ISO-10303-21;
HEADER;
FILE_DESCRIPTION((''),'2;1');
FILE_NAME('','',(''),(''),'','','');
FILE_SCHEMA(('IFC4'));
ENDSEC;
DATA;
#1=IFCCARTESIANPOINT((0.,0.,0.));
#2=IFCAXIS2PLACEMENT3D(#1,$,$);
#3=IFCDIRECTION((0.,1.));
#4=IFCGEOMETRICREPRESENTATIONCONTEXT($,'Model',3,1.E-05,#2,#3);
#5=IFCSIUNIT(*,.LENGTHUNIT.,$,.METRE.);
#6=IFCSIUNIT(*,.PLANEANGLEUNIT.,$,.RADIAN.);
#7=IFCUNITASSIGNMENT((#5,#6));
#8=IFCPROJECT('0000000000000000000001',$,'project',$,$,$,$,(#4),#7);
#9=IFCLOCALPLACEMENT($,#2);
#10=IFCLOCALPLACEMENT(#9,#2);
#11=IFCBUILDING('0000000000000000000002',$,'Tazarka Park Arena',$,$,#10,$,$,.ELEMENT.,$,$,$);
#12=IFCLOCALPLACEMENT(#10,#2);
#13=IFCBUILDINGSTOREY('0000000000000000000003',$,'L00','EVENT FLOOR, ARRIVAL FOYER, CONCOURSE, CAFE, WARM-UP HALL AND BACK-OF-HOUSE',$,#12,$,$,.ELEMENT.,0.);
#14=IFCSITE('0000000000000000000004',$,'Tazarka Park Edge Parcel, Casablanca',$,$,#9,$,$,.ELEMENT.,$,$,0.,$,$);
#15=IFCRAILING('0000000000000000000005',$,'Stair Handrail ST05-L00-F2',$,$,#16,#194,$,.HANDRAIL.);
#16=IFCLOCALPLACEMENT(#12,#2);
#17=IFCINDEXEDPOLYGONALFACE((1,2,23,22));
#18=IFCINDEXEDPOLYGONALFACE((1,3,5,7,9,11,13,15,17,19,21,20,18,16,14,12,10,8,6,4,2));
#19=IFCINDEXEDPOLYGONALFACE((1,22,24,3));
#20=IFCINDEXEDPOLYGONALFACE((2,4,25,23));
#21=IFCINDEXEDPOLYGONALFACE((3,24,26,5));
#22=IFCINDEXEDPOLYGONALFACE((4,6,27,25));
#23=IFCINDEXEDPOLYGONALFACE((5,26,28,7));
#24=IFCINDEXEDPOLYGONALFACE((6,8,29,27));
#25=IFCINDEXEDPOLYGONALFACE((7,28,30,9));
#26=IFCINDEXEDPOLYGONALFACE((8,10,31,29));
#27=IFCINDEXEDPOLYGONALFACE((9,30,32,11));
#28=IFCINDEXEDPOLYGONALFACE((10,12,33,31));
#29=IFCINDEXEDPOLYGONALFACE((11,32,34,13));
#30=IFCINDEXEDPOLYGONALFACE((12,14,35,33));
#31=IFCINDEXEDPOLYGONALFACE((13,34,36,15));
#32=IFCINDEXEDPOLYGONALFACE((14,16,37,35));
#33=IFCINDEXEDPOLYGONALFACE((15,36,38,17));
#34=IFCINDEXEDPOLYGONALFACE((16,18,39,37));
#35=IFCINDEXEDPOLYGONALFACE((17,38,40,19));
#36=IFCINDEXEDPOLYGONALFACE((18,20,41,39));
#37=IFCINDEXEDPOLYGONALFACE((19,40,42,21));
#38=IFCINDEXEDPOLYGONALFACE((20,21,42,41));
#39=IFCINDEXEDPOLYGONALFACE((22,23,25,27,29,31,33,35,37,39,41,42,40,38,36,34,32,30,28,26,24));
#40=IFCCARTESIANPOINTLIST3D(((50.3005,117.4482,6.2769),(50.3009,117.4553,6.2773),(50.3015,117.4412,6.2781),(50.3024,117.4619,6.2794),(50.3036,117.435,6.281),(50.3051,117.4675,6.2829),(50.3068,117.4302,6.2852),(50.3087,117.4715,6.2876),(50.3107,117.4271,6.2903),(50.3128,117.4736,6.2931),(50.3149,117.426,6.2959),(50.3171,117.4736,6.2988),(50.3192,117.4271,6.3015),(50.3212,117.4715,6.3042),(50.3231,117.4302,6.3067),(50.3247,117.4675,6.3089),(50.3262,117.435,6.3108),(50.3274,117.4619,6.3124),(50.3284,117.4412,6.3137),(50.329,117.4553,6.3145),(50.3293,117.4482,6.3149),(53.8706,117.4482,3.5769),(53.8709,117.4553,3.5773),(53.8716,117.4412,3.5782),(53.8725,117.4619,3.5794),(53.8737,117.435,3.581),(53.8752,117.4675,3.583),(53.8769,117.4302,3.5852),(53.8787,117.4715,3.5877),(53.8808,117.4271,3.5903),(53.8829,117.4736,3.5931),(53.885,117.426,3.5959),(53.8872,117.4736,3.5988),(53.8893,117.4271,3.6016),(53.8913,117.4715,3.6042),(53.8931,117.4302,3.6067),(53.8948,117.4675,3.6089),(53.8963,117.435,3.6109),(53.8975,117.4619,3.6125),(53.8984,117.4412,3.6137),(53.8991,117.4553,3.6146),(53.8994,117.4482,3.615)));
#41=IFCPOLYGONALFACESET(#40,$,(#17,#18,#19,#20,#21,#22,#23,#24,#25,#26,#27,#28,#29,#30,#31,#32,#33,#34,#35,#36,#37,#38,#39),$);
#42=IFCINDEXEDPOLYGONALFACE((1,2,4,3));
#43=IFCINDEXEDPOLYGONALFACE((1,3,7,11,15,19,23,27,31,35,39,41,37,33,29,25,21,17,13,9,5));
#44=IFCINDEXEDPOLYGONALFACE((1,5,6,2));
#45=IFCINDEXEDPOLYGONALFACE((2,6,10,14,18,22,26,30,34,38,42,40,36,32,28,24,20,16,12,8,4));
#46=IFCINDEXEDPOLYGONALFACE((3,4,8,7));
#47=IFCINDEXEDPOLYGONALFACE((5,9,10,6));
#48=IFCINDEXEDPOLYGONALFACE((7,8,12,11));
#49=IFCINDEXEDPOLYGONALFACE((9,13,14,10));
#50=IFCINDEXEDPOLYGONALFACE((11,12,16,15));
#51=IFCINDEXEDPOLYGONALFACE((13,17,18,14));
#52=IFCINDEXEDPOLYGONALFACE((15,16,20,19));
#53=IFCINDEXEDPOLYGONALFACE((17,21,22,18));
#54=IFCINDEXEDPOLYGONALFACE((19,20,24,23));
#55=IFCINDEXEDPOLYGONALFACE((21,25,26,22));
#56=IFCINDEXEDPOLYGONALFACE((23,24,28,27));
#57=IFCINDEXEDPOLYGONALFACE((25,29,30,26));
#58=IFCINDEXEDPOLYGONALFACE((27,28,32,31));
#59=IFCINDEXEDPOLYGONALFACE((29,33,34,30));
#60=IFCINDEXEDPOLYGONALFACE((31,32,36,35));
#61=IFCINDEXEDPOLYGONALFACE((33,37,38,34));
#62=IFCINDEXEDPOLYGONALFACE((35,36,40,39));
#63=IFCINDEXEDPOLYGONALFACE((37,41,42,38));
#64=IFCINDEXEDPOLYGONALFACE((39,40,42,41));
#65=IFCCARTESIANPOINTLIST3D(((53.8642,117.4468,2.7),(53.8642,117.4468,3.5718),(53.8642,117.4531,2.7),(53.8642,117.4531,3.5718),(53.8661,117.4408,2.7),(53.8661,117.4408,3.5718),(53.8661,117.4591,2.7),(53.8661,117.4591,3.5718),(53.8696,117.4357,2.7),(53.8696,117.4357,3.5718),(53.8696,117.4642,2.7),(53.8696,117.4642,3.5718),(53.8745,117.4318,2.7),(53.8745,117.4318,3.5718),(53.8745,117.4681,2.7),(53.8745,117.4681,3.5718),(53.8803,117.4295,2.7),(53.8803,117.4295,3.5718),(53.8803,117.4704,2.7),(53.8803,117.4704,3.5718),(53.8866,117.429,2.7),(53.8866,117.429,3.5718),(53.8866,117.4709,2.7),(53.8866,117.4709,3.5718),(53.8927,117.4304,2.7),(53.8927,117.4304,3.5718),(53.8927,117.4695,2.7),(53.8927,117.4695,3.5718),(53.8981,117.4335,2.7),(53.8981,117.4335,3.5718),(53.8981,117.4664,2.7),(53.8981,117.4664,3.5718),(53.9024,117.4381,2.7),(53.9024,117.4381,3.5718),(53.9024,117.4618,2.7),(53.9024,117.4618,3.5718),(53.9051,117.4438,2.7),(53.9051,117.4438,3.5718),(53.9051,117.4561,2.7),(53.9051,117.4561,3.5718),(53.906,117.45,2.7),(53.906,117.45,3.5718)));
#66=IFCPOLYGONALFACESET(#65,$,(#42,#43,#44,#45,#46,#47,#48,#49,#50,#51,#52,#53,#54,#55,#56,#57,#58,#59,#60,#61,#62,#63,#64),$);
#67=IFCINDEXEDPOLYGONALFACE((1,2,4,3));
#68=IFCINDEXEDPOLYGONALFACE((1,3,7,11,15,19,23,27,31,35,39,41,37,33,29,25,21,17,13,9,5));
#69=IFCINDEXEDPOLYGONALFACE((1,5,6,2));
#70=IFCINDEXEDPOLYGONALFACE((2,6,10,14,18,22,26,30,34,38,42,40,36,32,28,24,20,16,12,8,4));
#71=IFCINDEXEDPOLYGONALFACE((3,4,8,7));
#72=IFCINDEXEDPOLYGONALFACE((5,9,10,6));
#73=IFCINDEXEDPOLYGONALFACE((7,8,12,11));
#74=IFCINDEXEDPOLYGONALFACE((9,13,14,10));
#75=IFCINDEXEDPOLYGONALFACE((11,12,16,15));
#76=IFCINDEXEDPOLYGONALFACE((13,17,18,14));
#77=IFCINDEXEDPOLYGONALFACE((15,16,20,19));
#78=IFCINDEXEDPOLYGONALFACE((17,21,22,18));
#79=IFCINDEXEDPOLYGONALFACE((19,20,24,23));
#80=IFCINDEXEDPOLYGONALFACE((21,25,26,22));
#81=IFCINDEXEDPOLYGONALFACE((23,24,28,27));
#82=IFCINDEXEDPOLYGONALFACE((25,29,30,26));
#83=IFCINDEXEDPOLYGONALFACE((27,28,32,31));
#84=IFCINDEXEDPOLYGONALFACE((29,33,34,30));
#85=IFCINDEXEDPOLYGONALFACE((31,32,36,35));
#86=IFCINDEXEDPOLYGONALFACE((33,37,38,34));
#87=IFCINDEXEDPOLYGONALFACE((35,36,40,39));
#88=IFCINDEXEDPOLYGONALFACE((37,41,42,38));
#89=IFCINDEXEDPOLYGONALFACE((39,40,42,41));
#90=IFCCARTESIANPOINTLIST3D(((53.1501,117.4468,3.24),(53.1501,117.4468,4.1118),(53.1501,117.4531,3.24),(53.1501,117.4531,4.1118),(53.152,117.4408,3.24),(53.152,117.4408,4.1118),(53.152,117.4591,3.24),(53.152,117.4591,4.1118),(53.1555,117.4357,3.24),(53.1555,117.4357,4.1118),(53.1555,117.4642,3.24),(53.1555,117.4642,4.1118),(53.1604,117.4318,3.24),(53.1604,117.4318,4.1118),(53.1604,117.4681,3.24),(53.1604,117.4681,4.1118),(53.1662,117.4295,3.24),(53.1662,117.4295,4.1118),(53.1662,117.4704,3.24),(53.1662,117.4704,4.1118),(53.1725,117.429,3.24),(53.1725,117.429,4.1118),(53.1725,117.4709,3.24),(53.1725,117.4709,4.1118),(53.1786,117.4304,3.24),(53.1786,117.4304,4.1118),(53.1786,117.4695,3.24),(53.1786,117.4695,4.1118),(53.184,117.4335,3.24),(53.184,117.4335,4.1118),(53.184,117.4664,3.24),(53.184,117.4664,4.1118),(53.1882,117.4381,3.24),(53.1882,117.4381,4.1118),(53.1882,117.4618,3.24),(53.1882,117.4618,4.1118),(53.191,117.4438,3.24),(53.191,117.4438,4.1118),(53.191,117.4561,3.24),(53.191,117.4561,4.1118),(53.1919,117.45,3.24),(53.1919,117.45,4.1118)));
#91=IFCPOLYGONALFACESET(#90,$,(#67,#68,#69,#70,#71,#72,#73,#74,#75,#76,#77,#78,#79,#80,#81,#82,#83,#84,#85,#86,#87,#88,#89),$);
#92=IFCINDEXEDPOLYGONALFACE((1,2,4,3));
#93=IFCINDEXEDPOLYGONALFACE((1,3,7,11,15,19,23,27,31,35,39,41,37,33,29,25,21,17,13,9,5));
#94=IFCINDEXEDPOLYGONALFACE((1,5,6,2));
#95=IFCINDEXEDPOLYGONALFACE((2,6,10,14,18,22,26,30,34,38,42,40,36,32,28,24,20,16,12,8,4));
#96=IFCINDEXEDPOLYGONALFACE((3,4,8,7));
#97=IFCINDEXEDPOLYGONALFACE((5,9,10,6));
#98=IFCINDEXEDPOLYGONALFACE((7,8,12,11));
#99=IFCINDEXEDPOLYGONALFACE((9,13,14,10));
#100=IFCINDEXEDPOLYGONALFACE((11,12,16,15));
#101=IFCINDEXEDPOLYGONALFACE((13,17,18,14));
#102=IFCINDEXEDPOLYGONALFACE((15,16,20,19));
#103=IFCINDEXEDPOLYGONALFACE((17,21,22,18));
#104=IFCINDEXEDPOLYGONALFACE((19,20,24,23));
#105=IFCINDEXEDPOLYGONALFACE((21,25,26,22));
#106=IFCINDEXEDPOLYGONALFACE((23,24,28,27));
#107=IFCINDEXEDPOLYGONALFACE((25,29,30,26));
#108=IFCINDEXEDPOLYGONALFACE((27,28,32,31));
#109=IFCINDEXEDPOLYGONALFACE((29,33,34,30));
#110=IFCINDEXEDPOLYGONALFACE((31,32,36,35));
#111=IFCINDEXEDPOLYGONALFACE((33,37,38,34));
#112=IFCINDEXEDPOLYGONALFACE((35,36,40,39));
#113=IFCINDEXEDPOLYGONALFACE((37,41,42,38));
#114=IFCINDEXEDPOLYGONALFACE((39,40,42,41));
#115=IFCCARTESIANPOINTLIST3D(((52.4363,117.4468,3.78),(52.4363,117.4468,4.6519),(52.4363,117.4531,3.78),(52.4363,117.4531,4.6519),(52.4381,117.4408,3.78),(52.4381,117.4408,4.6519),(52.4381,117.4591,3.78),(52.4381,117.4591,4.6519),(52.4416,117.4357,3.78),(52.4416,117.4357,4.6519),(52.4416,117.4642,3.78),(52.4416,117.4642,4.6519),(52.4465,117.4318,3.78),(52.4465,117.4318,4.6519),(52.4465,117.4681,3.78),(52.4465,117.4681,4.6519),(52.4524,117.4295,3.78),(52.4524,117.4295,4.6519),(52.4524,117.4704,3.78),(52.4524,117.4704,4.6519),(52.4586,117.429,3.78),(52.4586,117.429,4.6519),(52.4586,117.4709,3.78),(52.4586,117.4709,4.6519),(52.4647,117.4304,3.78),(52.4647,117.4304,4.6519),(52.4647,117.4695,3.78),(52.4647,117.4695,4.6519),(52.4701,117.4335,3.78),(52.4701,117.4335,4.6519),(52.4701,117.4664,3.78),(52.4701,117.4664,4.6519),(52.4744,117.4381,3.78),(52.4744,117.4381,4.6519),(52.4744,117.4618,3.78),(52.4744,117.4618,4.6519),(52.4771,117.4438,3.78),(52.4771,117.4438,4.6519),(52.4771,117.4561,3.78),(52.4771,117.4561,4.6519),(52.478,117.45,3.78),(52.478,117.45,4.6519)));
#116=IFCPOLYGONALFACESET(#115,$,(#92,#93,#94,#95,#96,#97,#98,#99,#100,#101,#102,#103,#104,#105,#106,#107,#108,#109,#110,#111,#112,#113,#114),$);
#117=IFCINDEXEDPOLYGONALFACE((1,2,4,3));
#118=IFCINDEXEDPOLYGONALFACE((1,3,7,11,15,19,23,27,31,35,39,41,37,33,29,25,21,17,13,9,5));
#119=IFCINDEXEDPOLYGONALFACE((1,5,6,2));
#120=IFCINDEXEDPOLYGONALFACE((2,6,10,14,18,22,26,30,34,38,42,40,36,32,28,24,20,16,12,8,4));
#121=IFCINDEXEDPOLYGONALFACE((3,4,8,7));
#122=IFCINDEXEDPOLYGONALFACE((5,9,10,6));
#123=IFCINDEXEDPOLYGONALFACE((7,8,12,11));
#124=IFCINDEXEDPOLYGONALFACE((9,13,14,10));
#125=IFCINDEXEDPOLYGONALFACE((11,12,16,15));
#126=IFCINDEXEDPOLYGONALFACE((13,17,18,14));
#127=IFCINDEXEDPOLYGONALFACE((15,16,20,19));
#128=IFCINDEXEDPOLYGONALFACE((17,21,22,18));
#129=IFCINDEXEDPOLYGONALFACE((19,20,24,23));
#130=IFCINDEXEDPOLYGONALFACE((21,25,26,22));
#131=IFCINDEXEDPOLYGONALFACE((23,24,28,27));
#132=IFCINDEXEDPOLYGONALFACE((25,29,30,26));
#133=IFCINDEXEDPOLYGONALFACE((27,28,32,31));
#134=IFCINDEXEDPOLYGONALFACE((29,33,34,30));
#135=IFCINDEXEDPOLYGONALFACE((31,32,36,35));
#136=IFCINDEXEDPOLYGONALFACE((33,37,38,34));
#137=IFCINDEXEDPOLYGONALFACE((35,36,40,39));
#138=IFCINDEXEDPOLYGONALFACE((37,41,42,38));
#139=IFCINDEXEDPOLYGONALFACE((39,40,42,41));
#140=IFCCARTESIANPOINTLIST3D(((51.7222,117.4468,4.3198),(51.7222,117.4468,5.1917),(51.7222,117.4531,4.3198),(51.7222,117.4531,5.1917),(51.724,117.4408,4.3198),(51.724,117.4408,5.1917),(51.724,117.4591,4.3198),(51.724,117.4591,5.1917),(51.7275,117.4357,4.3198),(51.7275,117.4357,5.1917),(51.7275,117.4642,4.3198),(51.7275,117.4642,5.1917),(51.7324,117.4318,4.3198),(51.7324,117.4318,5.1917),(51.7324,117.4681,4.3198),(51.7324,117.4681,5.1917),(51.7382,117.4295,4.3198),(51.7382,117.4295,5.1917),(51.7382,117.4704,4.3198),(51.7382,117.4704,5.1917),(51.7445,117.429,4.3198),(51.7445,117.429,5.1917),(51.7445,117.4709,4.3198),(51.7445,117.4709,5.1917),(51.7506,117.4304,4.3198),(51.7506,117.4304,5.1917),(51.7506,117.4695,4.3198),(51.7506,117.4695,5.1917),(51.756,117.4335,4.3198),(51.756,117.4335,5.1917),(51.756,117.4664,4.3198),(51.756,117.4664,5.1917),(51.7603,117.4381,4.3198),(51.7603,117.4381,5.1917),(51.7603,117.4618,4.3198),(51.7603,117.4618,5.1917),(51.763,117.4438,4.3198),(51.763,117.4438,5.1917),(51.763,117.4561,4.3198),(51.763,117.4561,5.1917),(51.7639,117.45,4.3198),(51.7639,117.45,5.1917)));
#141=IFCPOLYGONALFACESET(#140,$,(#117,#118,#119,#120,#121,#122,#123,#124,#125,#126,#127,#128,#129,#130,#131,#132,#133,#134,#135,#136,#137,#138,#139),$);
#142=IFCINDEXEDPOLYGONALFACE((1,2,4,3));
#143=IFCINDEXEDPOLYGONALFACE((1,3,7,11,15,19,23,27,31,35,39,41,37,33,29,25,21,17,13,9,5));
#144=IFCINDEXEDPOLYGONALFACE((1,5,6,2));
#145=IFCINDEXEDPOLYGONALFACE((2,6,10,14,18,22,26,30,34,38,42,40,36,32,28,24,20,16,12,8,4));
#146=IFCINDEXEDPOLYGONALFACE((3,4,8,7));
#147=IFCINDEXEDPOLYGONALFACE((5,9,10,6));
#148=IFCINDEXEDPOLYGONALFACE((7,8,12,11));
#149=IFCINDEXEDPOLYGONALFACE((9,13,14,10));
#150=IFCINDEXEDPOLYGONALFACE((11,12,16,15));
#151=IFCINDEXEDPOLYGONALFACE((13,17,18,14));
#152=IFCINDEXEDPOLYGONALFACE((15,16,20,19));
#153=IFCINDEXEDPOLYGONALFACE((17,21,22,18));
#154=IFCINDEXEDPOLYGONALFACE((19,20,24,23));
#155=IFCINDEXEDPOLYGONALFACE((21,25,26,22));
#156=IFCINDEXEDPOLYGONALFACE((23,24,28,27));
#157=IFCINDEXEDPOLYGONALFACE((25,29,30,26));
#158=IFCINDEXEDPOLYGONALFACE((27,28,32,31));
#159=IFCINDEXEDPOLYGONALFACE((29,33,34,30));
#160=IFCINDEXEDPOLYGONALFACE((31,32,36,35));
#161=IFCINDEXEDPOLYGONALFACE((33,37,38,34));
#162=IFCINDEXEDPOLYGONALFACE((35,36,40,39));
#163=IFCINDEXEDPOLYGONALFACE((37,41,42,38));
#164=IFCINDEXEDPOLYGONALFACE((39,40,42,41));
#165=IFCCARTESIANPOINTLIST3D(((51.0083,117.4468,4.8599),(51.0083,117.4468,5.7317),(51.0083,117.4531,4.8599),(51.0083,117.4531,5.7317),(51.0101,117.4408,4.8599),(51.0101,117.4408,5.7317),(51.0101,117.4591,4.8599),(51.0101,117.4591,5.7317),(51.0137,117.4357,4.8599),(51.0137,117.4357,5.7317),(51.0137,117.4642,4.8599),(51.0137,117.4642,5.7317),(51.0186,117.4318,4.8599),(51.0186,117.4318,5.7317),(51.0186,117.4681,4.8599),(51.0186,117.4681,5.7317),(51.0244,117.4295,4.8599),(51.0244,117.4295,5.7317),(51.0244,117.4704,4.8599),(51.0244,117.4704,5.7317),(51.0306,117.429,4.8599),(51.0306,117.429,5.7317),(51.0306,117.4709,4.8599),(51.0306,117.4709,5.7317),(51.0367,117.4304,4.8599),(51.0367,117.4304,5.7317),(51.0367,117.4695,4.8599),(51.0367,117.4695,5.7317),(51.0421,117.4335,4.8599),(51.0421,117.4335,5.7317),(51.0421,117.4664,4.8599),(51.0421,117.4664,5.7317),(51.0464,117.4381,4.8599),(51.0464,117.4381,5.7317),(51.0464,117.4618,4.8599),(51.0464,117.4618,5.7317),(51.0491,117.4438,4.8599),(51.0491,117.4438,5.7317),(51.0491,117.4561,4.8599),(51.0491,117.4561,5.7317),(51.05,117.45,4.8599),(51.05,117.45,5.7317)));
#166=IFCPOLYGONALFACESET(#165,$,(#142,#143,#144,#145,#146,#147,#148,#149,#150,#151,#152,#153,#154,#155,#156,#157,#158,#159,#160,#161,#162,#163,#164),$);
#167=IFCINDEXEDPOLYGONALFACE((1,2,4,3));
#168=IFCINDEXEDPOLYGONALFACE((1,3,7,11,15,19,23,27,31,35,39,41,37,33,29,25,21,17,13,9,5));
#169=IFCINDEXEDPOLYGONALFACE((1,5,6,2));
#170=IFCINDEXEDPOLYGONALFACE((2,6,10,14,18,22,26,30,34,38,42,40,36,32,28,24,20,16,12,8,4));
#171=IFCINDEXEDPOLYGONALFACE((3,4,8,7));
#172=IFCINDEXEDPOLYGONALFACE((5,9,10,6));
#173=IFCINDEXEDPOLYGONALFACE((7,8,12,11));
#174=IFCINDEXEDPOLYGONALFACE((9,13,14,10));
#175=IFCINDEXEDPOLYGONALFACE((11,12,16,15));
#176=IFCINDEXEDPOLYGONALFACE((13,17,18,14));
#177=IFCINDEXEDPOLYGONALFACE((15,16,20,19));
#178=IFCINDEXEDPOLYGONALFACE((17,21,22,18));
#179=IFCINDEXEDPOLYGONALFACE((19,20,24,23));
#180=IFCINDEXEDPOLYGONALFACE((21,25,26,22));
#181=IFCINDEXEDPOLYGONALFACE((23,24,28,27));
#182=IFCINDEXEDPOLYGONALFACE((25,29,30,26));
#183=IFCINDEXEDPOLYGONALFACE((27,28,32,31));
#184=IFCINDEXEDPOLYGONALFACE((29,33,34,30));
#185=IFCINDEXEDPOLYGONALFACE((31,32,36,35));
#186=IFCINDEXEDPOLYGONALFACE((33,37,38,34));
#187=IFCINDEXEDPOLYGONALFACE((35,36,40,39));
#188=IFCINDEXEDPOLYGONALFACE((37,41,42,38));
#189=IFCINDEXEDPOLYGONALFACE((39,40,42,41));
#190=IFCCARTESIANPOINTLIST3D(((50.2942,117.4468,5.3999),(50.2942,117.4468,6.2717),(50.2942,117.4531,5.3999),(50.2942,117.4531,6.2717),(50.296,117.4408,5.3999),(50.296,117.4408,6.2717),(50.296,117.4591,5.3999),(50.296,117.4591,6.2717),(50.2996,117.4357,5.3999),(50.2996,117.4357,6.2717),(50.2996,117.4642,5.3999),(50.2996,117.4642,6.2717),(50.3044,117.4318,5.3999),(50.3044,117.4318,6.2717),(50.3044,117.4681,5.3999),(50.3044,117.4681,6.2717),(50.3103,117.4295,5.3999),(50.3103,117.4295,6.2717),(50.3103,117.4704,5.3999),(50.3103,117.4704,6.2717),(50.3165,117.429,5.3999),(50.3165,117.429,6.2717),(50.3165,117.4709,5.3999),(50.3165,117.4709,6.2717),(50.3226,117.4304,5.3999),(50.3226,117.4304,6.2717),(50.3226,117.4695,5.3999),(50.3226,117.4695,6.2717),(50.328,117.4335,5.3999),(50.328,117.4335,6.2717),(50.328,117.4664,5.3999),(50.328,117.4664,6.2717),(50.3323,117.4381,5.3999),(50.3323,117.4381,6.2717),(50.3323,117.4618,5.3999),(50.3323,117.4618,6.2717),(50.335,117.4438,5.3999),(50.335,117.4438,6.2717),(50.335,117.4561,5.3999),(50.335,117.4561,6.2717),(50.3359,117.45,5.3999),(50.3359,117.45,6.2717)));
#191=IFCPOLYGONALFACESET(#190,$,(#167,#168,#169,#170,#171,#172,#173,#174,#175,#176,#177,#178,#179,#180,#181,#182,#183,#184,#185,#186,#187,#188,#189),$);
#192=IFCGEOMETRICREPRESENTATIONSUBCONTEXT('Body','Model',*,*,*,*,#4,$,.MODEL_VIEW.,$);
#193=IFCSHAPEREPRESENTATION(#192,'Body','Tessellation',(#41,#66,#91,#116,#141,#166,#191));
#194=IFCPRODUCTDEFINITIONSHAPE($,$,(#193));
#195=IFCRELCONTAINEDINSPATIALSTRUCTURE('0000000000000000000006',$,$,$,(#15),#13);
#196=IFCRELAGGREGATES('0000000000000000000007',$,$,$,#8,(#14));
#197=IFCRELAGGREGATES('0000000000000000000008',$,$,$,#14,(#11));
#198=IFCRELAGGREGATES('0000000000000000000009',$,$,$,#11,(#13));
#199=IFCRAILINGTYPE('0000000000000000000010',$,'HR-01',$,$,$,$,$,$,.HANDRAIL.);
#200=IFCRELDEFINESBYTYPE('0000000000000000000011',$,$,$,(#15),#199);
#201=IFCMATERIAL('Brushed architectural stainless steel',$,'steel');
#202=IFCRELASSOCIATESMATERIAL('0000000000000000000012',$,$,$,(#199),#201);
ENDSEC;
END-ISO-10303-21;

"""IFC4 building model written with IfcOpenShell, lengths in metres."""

from ifc_helpers import new_model, si_unit, direction, frame, origin, origin_2d, place, context, subcontext, project, spatial, circle, extrude, material, type_object, element, save


model = new_model("IFC4")

# Units and contexts
model_context = context("Model", 3, precision=1e-05, world=origin(), true_north=direction((0.0, 1.0)))
body_context = subcontext(model_context, "Body", "Model", "MODEL_VIEW")
ifc_project = project(units=[si_unit("LENGTHUNIT", "METRE"), si_unit("PLANEANGLEUNIT", "RADIAN")], contexts=[model_context])

# Site, building, storey
site_placement = place(None, origin())
site = spatial("IfcSite", under=ifc_project, at=site_placement, Name="Tazarka Park Edge Parcel, Casablanca", CompositionType="ELEMENT", RefElevation=0.0)
building_placement = place(site_placement, origin())
building = spatial("IfcBuilding", under=site, at=building_placement, Name="Tazarka Park Arena", CompositionType="ELEMENT")
storey_placement = place(building_placement, origin())
storey = spatial("IfcBuildingStorey", under=building, at=storey_placement, Name="L00", Description="EVENT FLOOR, ARRIVAL FOYER, CONCOURSE, CAFE, WARM-UP HALL AND BACK-OF-HOUSE", CompositionType="ELEMENT", Elevation=0.0)

# Railing
ifc_material_1 = material(Name="Brushed architectural stainless steel", Category="steel")
railing_type_1 = type_object("IfcRailingType", Name="HR-01", PredefinedType="HANDRAIL", material=ifc_material_1)
railing_1_placement = place(storey_placement, frame((53.885, 117.45, 2.7)))
element("IfcRailing", 1, at=railing_1_placement, inside=storey, type_object=railing_type_1, Name="Stair Handrail ST05-L00-F2", PredefinedType="HANDRAIL", context=body_context, shape_type="SweptSolid", body=[
    extrude(circle(Radius=0.0239, at=origin_2d()), frame((0.0, 0.0, 0.896), z_axis=(-0.797591, 0.0, 0.603198), x_axis=(0.0, -1.0, 0.0)), (0.0, 0.0, 1.0), 4.4761),
    extrude(circle(Radius=0.021, at=origin_2d()), origin(), (0.0, 0.0, 1.0), 0.8718),
    extrude(circle(Radius=0.021, at=origin_2d()), frame((-0.7141, 0.0, 0.54)), (0.0, 0.0, 1.0), 0.8718),
    extrude(circle(Radius=0.021, at=origin_2d()), frame((-1.428, 0.0, 1.0801)), (0.0, 0.0, 1.0), 0.8718),
    extrude(circle(Radius=0.021, at=origin_2d()), frame((-2.1421, 0.0, 1.6199)), (0.0, 0.0, 1.0), 0.8718),
    extrude(circle(Radius=0.021, at=origin_2d()), frame((-2.856, 0.0, 2.1599)), (0.0, 0.0, 1.0), 0.8718),
    extrude(circle(Radius=0.021, at=origin_2d()), frame((-3.5701, 0.0, 2.7)), (0.0, 0.0, 1.0), 0.8718),
])

save(model, "model.ifc")
